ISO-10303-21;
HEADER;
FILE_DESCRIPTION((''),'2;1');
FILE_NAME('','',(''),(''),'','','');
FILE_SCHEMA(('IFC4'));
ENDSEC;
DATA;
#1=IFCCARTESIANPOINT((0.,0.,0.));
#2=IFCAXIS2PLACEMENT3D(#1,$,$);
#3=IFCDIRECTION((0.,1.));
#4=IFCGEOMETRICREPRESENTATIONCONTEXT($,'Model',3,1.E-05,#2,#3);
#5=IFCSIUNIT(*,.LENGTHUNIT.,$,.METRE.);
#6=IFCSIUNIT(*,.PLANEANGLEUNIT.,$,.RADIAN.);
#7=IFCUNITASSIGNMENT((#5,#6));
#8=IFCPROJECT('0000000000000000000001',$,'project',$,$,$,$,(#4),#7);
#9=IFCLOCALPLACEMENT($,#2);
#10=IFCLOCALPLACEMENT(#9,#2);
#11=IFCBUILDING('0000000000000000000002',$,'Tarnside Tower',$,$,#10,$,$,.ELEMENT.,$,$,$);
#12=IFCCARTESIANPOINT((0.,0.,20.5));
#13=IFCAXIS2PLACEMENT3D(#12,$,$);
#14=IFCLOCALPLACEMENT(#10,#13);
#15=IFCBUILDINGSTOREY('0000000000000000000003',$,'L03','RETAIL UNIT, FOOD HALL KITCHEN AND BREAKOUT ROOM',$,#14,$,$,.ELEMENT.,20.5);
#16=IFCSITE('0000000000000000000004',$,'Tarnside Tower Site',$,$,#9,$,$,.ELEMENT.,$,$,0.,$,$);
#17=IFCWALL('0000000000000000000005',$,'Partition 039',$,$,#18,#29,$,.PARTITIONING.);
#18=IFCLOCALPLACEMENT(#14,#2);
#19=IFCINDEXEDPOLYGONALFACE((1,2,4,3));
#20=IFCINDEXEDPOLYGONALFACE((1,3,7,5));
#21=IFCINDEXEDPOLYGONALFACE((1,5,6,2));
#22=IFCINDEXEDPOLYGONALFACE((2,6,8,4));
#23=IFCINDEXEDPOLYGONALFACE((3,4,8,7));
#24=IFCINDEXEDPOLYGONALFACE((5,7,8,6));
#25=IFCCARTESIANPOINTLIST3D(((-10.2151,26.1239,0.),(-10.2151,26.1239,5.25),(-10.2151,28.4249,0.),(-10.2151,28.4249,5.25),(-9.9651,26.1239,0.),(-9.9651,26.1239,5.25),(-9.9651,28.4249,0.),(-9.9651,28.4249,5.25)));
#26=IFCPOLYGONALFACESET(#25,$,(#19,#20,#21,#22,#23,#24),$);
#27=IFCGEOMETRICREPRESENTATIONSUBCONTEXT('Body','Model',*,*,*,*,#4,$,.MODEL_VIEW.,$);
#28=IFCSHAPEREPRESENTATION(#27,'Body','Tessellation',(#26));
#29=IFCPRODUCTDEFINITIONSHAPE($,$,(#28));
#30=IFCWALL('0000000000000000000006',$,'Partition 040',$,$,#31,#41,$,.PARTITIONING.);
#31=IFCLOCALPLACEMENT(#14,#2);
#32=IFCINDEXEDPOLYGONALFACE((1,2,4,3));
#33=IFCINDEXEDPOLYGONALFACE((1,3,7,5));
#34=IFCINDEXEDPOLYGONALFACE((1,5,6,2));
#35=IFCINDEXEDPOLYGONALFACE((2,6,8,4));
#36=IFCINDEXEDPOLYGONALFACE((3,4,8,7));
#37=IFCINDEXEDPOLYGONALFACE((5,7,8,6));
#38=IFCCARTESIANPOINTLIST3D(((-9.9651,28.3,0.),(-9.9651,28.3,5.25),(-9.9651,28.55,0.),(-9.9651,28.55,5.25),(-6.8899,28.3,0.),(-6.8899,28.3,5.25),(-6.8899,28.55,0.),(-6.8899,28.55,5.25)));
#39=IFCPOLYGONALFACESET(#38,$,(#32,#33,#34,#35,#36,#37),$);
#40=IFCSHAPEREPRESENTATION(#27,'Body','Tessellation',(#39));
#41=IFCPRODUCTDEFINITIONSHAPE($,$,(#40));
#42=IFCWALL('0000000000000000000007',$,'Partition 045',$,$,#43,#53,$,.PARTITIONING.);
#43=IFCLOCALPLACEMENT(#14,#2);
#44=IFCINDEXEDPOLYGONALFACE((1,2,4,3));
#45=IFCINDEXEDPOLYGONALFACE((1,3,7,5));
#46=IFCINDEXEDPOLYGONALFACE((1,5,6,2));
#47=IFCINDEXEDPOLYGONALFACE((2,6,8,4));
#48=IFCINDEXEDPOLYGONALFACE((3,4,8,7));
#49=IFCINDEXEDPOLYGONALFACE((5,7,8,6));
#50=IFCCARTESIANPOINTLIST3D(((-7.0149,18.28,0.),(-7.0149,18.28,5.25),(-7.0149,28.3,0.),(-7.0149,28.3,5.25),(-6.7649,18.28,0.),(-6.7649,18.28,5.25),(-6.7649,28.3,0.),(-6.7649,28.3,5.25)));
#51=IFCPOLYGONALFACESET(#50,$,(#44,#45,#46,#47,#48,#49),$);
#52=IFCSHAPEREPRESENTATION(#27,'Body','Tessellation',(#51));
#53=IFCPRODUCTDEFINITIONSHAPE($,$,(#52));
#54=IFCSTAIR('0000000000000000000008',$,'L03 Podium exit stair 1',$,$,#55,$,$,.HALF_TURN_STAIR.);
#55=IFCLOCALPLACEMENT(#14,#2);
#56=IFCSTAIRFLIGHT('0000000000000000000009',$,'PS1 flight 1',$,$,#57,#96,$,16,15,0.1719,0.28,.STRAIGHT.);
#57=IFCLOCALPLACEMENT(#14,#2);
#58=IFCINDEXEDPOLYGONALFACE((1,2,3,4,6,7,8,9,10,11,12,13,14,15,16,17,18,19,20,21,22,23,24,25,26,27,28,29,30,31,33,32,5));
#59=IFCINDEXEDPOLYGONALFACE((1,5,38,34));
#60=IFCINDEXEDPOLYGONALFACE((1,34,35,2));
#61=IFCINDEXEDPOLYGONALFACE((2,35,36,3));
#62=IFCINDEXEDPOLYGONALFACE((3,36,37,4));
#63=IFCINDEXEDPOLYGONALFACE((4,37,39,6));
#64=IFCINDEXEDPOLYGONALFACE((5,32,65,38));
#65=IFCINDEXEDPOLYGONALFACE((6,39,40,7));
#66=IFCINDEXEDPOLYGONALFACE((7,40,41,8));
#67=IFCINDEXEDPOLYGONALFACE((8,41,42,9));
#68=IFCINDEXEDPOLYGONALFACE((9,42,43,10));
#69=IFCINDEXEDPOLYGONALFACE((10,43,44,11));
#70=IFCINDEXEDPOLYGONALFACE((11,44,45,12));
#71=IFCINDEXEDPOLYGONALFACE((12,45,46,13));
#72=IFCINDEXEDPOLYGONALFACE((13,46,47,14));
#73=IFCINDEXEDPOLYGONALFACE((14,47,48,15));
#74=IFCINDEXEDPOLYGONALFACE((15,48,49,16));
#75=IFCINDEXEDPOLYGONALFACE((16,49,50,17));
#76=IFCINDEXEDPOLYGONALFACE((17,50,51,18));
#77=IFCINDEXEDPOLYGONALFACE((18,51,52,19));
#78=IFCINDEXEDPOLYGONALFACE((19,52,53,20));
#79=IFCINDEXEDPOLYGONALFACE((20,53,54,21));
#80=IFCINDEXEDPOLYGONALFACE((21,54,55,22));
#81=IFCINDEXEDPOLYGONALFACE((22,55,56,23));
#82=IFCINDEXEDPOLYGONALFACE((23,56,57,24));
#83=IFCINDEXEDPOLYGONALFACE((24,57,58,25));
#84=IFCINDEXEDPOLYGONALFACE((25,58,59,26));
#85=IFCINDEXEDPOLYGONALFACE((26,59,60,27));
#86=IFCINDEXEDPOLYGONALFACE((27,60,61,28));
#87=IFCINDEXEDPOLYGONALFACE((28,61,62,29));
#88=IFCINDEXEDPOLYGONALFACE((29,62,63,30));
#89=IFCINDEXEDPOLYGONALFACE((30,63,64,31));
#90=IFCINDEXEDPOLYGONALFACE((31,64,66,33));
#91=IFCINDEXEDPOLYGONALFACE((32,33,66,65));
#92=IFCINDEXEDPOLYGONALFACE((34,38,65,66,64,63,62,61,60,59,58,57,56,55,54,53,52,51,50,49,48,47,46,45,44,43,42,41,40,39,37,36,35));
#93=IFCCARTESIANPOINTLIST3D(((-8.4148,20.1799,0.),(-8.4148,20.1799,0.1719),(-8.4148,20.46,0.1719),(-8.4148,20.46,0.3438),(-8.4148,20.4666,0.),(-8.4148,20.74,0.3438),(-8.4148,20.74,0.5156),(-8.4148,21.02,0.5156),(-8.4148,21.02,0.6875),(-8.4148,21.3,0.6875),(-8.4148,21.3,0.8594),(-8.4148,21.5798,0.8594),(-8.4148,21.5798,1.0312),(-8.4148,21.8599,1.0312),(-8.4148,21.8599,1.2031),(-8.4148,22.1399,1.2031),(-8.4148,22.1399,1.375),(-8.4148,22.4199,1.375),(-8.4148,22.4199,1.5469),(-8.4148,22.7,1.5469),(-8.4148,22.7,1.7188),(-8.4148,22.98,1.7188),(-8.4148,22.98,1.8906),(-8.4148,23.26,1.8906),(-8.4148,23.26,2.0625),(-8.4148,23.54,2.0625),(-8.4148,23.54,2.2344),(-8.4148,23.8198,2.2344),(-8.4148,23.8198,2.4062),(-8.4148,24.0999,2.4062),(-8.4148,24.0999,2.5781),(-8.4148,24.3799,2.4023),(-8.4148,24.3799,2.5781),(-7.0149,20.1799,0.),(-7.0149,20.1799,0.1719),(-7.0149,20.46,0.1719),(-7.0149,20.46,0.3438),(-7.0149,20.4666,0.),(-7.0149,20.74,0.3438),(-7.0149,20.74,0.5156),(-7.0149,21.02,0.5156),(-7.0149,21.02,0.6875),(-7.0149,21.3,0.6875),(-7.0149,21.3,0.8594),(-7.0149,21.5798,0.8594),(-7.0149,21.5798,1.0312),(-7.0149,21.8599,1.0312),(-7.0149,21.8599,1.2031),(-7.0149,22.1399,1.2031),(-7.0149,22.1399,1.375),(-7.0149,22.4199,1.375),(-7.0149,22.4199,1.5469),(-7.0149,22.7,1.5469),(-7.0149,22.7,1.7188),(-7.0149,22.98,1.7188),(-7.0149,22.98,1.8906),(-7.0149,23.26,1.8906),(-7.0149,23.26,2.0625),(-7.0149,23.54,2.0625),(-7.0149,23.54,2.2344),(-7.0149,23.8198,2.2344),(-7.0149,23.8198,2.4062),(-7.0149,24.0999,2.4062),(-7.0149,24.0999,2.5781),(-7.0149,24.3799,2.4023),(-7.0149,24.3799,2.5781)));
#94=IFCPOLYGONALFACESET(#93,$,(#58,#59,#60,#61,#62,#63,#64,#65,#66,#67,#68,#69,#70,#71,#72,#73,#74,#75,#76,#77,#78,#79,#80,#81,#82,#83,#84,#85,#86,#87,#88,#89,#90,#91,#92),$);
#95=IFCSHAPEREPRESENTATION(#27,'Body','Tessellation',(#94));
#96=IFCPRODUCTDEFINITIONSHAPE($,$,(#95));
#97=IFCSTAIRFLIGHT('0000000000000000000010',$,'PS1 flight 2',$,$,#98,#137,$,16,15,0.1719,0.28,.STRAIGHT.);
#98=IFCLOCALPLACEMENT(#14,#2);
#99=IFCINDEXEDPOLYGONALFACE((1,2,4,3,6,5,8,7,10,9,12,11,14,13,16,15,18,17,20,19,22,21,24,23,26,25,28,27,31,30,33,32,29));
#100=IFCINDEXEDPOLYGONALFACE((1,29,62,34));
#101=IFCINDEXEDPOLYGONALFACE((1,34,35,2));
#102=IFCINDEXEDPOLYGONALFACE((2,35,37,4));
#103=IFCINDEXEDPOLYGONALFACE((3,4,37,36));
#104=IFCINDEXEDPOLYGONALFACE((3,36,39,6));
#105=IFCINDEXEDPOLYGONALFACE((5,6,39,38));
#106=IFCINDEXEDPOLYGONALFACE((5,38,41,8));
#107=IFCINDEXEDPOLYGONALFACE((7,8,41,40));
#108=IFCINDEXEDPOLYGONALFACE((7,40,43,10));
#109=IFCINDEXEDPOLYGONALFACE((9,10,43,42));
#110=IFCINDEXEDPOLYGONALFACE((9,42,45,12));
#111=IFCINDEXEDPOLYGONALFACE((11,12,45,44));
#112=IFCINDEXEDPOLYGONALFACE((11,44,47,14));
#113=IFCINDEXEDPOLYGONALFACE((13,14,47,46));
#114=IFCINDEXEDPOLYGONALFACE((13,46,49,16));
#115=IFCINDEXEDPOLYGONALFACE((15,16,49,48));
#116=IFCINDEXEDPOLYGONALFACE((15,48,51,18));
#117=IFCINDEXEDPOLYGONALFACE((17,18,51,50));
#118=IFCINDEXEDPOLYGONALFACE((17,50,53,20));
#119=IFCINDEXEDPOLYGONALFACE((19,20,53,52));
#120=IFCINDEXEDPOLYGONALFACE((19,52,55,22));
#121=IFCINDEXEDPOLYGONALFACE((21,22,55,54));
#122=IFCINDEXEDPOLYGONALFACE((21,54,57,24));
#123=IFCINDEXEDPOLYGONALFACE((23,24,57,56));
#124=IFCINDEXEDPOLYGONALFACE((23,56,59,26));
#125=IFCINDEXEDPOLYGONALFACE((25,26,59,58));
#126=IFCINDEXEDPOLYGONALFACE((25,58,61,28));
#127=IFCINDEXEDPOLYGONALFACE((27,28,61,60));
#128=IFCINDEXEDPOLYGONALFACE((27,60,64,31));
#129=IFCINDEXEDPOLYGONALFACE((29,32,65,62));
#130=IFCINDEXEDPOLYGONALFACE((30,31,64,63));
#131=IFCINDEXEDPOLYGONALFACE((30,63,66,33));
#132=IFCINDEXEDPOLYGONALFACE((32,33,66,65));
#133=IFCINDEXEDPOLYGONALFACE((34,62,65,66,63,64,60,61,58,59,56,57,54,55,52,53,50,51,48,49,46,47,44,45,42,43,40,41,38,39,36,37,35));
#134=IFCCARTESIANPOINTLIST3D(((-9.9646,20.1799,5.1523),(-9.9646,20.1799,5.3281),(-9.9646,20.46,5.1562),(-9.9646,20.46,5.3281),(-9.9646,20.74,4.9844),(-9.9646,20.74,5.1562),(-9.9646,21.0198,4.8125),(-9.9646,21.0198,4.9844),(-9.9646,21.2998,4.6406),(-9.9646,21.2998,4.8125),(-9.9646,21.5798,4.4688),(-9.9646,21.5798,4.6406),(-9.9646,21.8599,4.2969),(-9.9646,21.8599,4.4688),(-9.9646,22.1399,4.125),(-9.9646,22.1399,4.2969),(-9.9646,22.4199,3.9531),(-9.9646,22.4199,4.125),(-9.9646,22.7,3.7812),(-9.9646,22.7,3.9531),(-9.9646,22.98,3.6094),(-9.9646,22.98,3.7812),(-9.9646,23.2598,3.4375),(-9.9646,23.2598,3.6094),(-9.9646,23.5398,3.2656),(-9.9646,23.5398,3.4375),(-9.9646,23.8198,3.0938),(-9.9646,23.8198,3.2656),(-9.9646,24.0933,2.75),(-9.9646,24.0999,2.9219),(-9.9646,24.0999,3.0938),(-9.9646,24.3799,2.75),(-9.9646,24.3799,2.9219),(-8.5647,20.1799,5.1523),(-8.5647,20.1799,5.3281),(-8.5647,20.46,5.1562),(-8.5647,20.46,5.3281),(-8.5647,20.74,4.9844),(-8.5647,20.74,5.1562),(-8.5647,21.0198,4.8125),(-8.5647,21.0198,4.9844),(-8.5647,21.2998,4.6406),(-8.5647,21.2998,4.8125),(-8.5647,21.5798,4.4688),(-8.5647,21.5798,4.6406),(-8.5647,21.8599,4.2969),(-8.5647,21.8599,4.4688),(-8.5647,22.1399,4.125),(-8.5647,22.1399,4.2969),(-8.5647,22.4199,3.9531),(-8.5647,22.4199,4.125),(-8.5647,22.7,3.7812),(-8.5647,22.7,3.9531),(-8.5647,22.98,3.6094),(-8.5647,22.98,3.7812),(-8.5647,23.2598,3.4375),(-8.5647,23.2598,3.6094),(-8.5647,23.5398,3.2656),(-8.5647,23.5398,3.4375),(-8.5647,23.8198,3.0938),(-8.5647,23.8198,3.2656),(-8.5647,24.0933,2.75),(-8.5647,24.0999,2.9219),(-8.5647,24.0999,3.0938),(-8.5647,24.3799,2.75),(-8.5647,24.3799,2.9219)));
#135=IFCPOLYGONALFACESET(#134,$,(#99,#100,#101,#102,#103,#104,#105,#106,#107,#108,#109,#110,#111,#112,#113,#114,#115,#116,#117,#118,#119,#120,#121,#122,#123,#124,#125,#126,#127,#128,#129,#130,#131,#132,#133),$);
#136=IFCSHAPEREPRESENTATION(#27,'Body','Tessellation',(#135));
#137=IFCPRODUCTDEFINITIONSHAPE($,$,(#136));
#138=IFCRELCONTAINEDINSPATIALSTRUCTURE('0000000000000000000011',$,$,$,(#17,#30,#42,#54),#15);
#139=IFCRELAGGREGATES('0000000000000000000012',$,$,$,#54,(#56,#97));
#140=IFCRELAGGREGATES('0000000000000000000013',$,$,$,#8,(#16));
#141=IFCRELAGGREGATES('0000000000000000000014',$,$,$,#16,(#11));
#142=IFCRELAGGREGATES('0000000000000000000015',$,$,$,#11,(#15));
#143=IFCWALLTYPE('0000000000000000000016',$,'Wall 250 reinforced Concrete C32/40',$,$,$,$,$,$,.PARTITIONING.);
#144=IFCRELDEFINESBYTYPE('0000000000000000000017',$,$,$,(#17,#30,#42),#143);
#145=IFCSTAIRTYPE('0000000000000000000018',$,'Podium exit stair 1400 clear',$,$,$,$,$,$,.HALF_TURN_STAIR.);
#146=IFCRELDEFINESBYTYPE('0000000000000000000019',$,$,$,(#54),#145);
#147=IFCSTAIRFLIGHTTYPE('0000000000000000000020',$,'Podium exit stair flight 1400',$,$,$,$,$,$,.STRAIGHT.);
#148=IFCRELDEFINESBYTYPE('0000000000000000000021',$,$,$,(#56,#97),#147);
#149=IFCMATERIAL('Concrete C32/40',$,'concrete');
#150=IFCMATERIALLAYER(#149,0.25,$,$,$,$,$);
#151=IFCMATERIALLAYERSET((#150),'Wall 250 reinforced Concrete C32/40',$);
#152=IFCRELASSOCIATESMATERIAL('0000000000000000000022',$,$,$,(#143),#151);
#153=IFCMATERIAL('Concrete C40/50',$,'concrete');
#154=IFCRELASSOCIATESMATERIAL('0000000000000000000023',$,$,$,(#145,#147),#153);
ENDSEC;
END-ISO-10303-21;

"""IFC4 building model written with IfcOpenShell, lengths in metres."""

from ifc_helpers import new_model, si_unit, direction, frame, frame_2d, origin, place, context, subcontext, project, spatial, polyline, rectangle, outline, extrude, material, layer, layer_set, type_object, element, aggregate, save


model = new_model("IFC4")

# Units and contexts
model_context = context("Model", 3, precision=1e-05, world=origin(), true_north=direction((0.0, 1.0)))
body_context = subcontext(model_context, "Body", "Model", "MODEL_VIEW")
ifc_project = project(units=[si_unit("LENGTHUNIT", "METRE"), si_unit("PLANEANGLEUNIT", "RADIAN")], contexts=[model_context])

# Site, building, storey
site_placement = place(None, origin())
site = spatial("IfcSite", under=ifc_project, at=site_placement, Name="Tarnside Tower Site", CompositionType="ELEMENT", RefElevation=0.0)
building_placement = place(site_placement, origin())
building = spatial("IfcBuilding", under=site, at=building_placement, Name="Tarnside Tower", CompositionType="ELEMENT")
storey_placement = place(building_placement, frame((0.0, 0.0, 20.5)))
storey = spatial("IfcBuildingStorey", under=building, at=storey_placement, Name="L03", Description="RETAIL UNIT, FOOD HALL KITCHEN AND BREAKOUT ROOM", CompositionType="ELEMENT", Elevation=20.5)

# Walls
ifc_material_1 = material(Name="Concrete C32/40", Category="concrete")
ifc_layer_1 = layer(ifc_material_1, 0.25)
ifc_layer_set_1 = layer_set([ifc_layer_1], Name="Wall 250 reinforced Concrete C32/40")
wall_type_1 = type_object("IfcWallType", Name="Wall 250 reinforced Concrete C32/40", PredefinedType="PARTITIONING", material=ifc_layer_set_1)
wall_1_placement = place(storey_placement, frame((-10.0901, 26.124, 0.0), z_axis=(0.0, 0.0, 1.0), x_axis=(0.0, 1.0, 0.0)))
element("IfcWall", 1, at=wall_1_placement, inside=storey, type_object=wall_type_1, Name="Partition 039", PredefinedType="PARTITIONING", context=body_context, shape_type="SweptSolid", body=[
    extrude(rectangle(XDim=2.301, YDim=0.25, at=frame_2d((1.1504, 0.0))), origin(), (0.0, 0.0, 1.0), 5.25),
])
wall_2_placement = place(storey_placement, frame((-9.9651, 28.425, 0.0), z_axis=(0.0, 0.0, 1.0), x_axis=(1.0, 0.0, 0.0)))
element("IfcWall", 2, at=wall_2_placement, inside=storey, type_object=wall_type_1, Name="Partition 040", PredefinedType="PARTITIONING", context=body_context, shape_type="SweptSolid", body=[
    extrude(rectangle(XDim=3.0752, YDim=0.25, at=frame_2d((1.5376, 0.0))), origin(), (0.0, 0.0, 1.0), 5.25),
])
wall_3_placement = place(storey_placement, frame((-6.8899, 28.3, 0.0), z_axis=(0.0, 0.0, 1.0), x_axis=(0.0, -1.0, 0.0)))
element("IfcWall", 3, at=wall_3_placement, inside=storey, type_object=wall_type_1, Name="Partition 045", PredefinedType="PARTITIONING", context=body_context, shape_type="SweptSolid", body=[
    extrude(rectangle(XDim=10.02, YDim=0.25, at=frame_2d((5.01, 0.0))), origin(), (0.0, 0.0, 1.0), 5.25),
])

# Stair, stair flights
ifc_material_2 = material(Name="Concrete C40/50", Category="concrete")
stair_type = type_object("IfcStairType", Name="Podium exit stair 1400 clear", PredefinedType="HALF_TURN_STAIR", material=ifc_material_2)
stair_placement = place(storey_placement, origin())
stair = element("IfcStair", 4, at=stair_placement, inside=storey, type_object=stair_type, Name="L03 Podium exit stair 1", PredefinedType="HALF_TURN_STAIR")
stair_flight_type = type_object("IfcStairFlightType", Name="Podium exit stair flight 1400", PredefinedType="STRAIGHT", material=ifc_material_2)
stair_flight_1_placement = place(storey_placement, frame((-7.7148, 20.1799, 0.0), z_axis=(0.0, 0.0, 1.0), x_axis=(0.0, 1.0, 0.0)))
stair_flight_1 = element("IfcStairFlight", 5, at=stair_flight_1_placement, type_object=stair_flight_type, Name="PS1 flight 1", NumberOfRisers=16, NumberOfTreads=15, PredefinedType="STRAIGHT", RiserHeight=0.1719, TreadLength=0.28, context=body_context, shape_type="SweptSolid", body=[
    extrude(outline(polyline([(0.0, 0.0), (0.0, 0.1719), (0.28, 0.1719), (0.28, 0.3438), (0.5601, 0.3438), (0.5601, 0.5156), (0.8401, 0.5156), (0.8401, 0.6875), (1.1201, 0.6875), (1.1201, 0.8594), (1.3999, 0.8594), (1.3999, 1.0312), (1.6799, 1.0312), (1.6799, 1.2031), (1.96, 1.2031), (1.96, 1.375), (2.24, 1.375), (2.24, 1.5469), (2.52, 1.5469), (2.52, 1.7188), (2.8, 1.7188), (2.8, 1.8906), (3.0801, 1.8906), (3.0801, 2.0625), (3.3601, 2.0625), (3.3601, 2.2344), (3.6399, 2.2344), (3.6399, 2.4062), (3.9199, 2.4062), (3.9199, 2.5781), (4.2, 2.5781), (4.2, 2.75), (4.2, 2.4023), (0.2866, 0.0), (0.0, 0.0)])), frame((0.0, 0.7, 0.0), z_axis=(0.0, -1.0, 0.0), x_axis=(1.0, 0.0, 0.0)), (0.0, 0.0, 1.0), 1.3999),
])
stair_flight_2_placement = place(storey_placement, frame((-9.2646, 24.3799, 2.75), z_axis=(0.0, 0.0, 1.0), x_axis=(0.0, -1.0, 0.0)))
stair_flight_2 = element("IfcStairFlight", 6, at=stair_flight_2_placement, type_object=stair_flight_type, Name="PS1 flight 2", NumberOfRisers=16, NumberOfTreads=15, PredefinedType="STRAIGHT", RiserHeight=0.1719, TreadLength=0.28, context=body_context, shape_type="SweptSolid", body=[
    extrude(outline(polyline([(0.0, 0.0), (0.0, 0.1719), (0.28, 0.1719), (0.28, 0.3438), (0.5601, 0.3438), (0.5601, 0.5156), (0.8401, 0.5156), (0.8401, 0.6875), (1.1201, 0.6875), (1.1201, 0.8594), (1.3999, 0.8594), (1.3999, 1.0312), (1.6799, 1.0312), (1.6799, 1.2031), (1.96, 1.2031), (1.96, 1.375), (2.24, 1.375), (2.24, 1.5469), (2.52, 1.5469), (2.52, 1.7188), (2.8, 1.7188), (2.8, 1.8906), (3.0801, 1.8906), (3.0801, 2.0625), (3.3601, 2.0625), (3.3601, 2.2344), (3.6399, 2.2344), (3.6399, 2.4062), (3.9199, 2.4062), (3.9199, 2.5781), (4.2, 2.5781), (4.2, 2.75), (4.2, 2.4023), (0.2866, 0.0), (0.0, 0.0)])), frame((0.0, 0.7, 0.0), z_axis=(0.0, -1.0, 0.0), x_axis=(1.0, 0.0, 0.0)), (0.0, 0.0, 1.0), 1.3999),
])
aggregate(stair, [stair_flight_1, stair_flight_2])

save(model, "model.ifc")
